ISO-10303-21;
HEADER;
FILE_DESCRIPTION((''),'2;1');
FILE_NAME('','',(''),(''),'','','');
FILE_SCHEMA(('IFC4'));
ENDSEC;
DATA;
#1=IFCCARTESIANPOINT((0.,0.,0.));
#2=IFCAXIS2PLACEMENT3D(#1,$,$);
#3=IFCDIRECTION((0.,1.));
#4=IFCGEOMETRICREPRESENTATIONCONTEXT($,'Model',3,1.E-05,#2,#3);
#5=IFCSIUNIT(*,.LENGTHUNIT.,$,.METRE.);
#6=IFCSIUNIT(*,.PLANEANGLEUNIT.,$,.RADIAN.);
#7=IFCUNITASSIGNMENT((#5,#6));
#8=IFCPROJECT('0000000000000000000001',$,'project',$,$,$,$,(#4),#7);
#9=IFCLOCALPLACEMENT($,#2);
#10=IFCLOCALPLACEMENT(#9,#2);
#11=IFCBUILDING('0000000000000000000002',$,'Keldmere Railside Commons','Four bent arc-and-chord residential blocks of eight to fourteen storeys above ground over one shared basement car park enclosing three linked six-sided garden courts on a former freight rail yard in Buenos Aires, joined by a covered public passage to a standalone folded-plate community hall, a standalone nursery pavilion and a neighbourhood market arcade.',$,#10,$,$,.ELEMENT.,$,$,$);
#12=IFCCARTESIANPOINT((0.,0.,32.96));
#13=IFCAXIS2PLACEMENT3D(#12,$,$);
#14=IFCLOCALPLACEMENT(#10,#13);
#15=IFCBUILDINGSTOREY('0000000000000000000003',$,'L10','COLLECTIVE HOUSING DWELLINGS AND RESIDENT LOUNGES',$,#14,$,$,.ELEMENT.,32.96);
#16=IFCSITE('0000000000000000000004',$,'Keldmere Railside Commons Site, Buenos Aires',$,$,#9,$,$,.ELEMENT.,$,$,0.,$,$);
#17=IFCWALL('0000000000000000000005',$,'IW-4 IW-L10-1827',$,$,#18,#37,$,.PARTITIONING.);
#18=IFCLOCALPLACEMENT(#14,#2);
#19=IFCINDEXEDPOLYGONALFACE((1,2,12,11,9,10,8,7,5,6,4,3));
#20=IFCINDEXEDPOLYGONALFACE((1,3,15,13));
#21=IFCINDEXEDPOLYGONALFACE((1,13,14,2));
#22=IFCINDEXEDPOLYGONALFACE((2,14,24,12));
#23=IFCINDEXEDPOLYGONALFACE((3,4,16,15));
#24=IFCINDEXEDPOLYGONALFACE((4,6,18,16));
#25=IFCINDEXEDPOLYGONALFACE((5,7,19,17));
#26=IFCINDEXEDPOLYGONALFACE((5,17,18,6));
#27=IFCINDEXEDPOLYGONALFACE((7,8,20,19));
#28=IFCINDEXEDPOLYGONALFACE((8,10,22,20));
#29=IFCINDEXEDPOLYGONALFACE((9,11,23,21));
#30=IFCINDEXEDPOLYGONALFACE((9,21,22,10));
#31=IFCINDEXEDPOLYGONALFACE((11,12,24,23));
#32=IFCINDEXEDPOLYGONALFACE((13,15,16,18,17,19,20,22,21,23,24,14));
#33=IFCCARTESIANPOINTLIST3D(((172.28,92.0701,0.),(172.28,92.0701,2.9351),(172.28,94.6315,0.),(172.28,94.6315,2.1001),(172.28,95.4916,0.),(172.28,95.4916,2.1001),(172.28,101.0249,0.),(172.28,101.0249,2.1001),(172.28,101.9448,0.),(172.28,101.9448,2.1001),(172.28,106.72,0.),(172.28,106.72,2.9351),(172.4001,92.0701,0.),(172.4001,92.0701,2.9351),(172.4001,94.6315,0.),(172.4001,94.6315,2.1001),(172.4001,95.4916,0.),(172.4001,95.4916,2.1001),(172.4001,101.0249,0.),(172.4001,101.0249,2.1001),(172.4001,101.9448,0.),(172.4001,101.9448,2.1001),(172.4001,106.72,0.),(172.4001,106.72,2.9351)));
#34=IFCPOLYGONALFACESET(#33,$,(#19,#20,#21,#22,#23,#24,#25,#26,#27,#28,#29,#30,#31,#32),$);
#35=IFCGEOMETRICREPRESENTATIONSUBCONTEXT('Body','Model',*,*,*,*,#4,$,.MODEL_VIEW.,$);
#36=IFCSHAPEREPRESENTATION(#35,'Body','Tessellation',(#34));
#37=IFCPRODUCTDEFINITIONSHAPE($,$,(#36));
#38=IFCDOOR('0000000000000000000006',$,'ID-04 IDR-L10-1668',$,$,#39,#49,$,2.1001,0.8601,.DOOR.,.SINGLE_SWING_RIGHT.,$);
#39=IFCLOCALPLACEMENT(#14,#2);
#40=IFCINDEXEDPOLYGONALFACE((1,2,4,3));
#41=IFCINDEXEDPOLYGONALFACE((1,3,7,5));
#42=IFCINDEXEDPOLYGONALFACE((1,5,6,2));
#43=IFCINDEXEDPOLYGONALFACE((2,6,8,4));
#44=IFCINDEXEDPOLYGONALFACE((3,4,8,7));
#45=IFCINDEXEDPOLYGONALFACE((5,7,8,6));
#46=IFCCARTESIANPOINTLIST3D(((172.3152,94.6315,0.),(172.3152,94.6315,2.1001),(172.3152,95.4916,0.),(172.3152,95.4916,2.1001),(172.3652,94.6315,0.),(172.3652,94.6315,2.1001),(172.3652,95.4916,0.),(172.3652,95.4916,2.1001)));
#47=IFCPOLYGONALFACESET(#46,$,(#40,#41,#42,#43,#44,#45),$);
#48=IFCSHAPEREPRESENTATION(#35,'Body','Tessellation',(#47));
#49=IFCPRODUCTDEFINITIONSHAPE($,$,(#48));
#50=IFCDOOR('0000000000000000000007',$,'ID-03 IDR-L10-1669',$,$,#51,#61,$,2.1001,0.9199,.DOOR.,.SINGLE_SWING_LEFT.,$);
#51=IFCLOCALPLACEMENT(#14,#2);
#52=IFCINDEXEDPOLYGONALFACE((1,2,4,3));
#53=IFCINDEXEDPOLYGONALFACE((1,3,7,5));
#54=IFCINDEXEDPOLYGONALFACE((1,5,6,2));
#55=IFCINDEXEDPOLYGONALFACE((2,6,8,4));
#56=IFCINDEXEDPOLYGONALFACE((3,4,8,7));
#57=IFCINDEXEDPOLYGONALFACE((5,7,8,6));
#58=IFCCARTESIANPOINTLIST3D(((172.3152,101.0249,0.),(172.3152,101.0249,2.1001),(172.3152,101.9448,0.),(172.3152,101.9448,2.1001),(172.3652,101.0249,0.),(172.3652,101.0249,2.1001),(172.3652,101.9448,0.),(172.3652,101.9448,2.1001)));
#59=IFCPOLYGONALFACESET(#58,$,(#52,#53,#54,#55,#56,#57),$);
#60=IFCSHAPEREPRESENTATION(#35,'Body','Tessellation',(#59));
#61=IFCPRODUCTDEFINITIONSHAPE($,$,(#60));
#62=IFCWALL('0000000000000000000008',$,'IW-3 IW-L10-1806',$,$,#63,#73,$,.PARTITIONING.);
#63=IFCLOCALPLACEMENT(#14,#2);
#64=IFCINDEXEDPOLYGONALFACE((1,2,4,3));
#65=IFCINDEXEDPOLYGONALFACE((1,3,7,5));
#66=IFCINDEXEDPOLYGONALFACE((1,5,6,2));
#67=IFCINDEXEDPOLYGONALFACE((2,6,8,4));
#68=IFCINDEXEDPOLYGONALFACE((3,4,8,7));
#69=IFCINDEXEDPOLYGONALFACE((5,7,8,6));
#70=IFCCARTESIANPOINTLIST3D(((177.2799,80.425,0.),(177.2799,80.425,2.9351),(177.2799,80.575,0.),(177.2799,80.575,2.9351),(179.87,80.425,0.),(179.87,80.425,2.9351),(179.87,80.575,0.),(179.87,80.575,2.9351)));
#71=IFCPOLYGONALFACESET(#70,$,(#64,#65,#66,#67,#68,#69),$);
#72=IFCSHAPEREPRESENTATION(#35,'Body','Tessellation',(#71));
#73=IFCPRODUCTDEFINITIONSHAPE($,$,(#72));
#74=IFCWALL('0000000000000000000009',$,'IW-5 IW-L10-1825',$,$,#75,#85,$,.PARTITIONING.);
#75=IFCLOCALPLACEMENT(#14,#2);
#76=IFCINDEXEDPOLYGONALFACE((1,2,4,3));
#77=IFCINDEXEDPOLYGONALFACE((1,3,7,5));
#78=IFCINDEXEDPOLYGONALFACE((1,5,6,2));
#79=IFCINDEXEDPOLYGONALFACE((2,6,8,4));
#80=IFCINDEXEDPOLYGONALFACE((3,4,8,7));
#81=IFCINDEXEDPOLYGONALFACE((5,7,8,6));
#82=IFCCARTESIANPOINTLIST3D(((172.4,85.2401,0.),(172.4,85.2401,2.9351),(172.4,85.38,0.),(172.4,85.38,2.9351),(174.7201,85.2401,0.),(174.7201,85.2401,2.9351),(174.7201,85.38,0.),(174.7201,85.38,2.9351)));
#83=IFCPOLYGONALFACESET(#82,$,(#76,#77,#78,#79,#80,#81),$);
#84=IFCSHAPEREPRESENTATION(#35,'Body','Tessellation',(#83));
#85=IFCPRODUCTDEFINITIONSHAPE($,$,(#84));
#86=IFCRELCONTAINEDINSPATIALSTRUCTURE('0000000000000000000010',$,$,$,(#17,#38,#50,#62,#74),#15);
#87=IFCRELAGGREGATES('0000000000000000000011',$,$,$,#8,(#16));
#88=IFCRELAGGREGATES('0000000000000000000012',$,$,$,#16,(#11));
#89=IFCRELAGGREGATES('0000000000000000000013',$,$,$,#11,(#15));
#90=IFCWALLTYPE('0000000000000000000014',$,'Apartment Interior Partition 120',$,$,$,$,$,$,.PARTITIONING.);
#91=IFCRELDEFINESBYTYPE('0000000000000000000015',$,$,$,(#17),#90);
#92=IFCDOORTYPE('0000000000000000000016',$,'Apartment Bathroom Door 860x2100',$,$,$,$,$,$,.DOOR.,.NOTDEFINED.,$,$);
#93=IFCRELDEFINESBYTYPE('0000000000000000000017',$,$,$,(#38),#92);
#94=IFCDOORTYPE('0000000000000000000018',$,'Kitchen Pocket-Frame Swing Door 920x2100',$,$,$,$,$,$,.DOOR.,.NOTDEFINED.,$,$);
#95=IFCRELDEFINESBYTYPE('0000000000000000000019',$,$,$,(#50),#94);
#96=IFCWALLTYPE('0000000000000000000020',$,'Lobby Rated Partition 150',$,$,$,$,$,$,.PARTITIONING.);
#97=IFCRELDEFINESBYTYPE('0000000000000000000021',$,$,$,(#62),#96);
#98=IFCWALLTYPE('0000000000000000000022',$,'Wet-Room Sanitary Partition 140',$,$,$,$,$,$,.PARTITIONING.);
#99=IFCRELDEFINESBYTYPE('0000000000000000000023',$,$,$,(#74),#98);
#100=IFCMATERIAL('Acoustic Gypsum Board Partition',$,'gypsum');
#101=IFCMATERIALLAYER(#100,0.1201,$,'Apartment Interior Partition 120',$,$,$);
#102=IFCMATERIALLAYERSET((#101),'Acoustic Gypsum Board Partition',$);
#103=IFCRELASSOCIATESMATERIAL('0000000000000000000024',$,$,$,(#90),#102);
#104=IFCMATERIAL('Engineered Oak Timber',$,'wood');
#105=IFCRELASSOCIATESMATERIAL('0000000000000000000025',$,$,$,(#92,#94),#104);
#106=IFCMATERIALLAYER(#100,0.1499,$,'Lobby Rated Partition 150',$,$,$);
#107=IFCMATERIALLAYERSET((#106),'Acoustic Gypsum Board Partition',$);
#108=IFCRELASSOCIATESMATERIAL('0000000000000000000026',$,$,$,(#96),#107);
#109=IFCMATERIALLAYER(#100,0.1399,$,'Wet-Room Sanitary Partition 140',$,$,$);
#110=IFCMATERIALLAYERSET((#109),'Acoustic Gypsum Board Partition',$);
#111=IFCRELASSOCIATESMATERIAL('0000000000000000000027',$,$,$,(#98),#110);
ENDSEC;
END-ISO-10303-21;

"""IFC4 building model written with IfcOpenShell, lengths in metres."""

from ifc_helpers import new_model, si_unit, direction, frame, frame_2d, origin, place, context, subcontext, project, spatial, rectangle, extrude, material, layer, layer_set, type_object, element, fill, save


model = new_model("IFC4")

# Units and contexts
model_context = context("Model", 3, precision=1e-05, world=origin(), true_north=direction((0.0, 1.0)))
body_context = subcontext(model_context, "Body", "Model", "MODEL_VIEW")
ifc_project = project(units=[si_unit("LENGTHUNIT", "METRE"), si_unit("PLANEANGLEUNIT", "RADIAN")], contexts=[model_context])

# Site, building, storey
site_placement = place(None, origin())
site = spatial("IfcSite", under=ifc_project, at=site_placement, Name="Keldmere Railside Commons Site, Buenos Aires", CompositionType="ELEMENT", RefElevation=0.0)
building_placement = place(site_placement, origin())
building = spatial("IfcBuilding", under=site, at=building_placement, Name="Keldmere Railside Commons", Description="Four bent arc-and-chord residential blocks of eight to fourteen storeys above ground over one shared basement car park enclosing three linked six-sided garden courts on a former freight rail yard in Buenos Aires, joined by a covered public passage to a standalone folded-plate community hall, a standalone nursery pavilion and a neighbourhood market arcade.", CompositionType="ELEMENT")
storey_placement = place(building_placement, frame((0.0, 0.0, 32.96)))
storey = spatial("IfcBuildingStorey", under=building, at=storey_placement, Name="L10", Description="COLLECTIVE HOUSING DWELLINGS AND RESIDENT LOUNGES", CompositionType="ELEMENT", Elevation=32.96)

# Shared definitions
ifc_material_1 = material(Name="Acoustic Gypsum Board Partition", Category="gypsum")

# Shared definitions
ifc_layer_1 = layer(ifc_material_1, 0.1201, Name="Apartment Interior Partition 120")
ifc_layer_set_1 = layer_set([ifc_layer_1], Name="Acoustic Gypsum Board Partition")
wall_type_1 = type_object("IfcWallType", Name="Apartment Interior Partition 120", PredefinedType="PARTITIONING", material=ifc_layer_set_1)
ifc_material_2 = material(Name="Engineered Oak Timber", Category="wood")
door_type_1 = type_object("IfcDoorType", Name="Apartment Bathroom Door 860x2100", OperationType="NOTDEFINED", PredefinedType="DOOR", material=ifc_material_2)
door_type_2 = type_object("IfcDoorType", Name="Kitchen Pocket-Frame Swing Door 920x2100", OperationType="NOTDEFINED", PredefinedType="DOOR", material=ifc_material_2)

# Wall, openings, doors
wall_1_placement = place(storey_placement, frame((172.3401, 92.0701, 0.0), z_axis=(0.0, 0.0, 1.0), x_axis=(0.0, 1.0, 0.0)))
wall_1 = element("IfcWall", 1, at=wall_1_placement, inside=storey, type_object=wall_type_1, Name="IW-4 IW-L10-1827", PredefinedType="PARTITIONING", context=body_context, shape_type="SweptSolid", body=[
    extrude(rectangle(XDim=14.6499, YDim=0.1201, at=frame_2d((7.325, 0.0))), origin(), (0.0, 0.0, 1.0), 2.9351),
])
opening_1_placement = place(wall_1_placement, frame((2.5613, 0.0, 0.0)))
opening_1 = element("IfcOpeningElement", 2, at=opening_1_placement, cuts=wall_1, PredefinedType="OPENING", context=body_context, shape_type="SweptSolid", body=[
    extrude(rectangle(XDim=0.8601, YDim=2.1001, at=frame_2d((0.4302, 1.05))), frame((0.0, 0.0701, 0.0), z_axis=(0.0, -1.0, 0.0), x_axis=(1.0, 0.0, 0.0)), (0.0, 0.0, 1.0), 0.1401),
])
opening_2_placement = place(wall_1_placement, frame((8.9548, 0.0, 0.0)))
opening_2 = element("IfcOpeningElement", 3, at=opening_2_placement, cuts=wall_1, PredefinedType="OPENING", context=body_context, shape_type="SweptSolid", body=[
    extrude(rectangle(XDim=0.9199, YDim=2.1001, at=frame_2d((0.46, 1.05))), frame((0.0, 0.0701, 0.0), z_axis=(0.0, -1.0, 0.0), x_axis=(1.0, 0.0, 0.0)), (0.0, 0.0, 1.0), 0.1401),
])
door_1_placement = place(opening_1_placement, origin())
door_1 = element("IfcDoor", 4, at=door_1_placement, inside=storey, type_object=door_type_1, Name="ID-04 IDR-L10-1668", OperationType="SINGLE_SWING_RIGHT", OverallHeight=2.1001, OverallWidth=0.8601, PredefinedType="DOOR", context=body_context, shape_type="SweptSolid", body=[
    extrude(rectangle(XDim=0.8601, YDim=2.1001, at=frame_2d((0.4302, 1.05))), frame((0.0, 0.0249, 0.0), z_axis=(0.0, -1.0, 0.0), x_axis=(1.0, 0.0, 0.0)), (0.0, 0.0, 1.0), 0.05),
])
fill(opening_1, door_1)
door_2_placement = place(opening_2_placement, origin())
door_2 = element("IfcDoor", 5, at=door_2_placement, inside=storey, type_object=door_type_2, Name="ID-03 IDR-L10-1669", OperationType="SINGLE_SWING_LEFT", OverallHeight=2.1001, OverallWidth=0.9199, PredefinedType="DOOR", context=body_context, shape_type="SweptSolid", body=[
    extrude(rectangle(XDim=0.9199, YDim=2.1001, at=frame_2d((0.46, 1.05))), frame((0.0, 0.0249, 0.0), z_axis=(0.0, -1.0, 0.0), x_axis=(1.0, 0.0, 0.0)), (0.0, 0.0, 1.0), 0.05),
])
fill(opening_2, door_2)

# Walls
ifc_layer_2 = layer(ifc_material_1, 0.1499, Name="Lobby Rated Partition 150")
ifc_layer_set_2 = layer_set([ifc_layer_2], Name="Acoustic Gypsum Board Partition")
wall_type_2 = type_object("IfcWallType", Name="Lobby Rated Partition 150", PredefinedType="PARTITIONING", material=ifc_layer_set_2)
wall_2_placement = place(storey_placement, frame((177.28, 80.5, 0.0), z_axis=(0.0, 0.0, 1.0), x_axis=(1.0, 0.0, 0.0)))
element("IfcWall", 6, at=wall_2_placement, inside=storey, type_object=wall_type_2, Name="IW-3 IW-L10-1806", PredefinedType="PARTITIONING", context=body_context, shape_type="SweptSolid", body=[
    extrude(rectangle(XDim=2.5901, YDim=0.1499, at=frame_2d((1.2949, 0.0))), origin(), (0.0, 0.0, 1.0), 2.9351),
])
ifc_layer_3 = layer(ifc_material_1, 0.1399, Name="Wet-Room Sanitary Partition 140")
ifc_layer_set_3 = layer_set([ifc_layer_3], Name="Acoustic Gypsum Board Partition")
wall_type_3 = type_object("IfcWallType", Name="Wet-Room Sanitary Partition 140", PredefinedType="PARTITIONING", material=ifc_layer_set_3)
wall_3_placement = place(storey_placement, frame((172.3999, 85.3101, 0.0), z_axis=(0.0, 0.0, 1.0), x_axis=(1.0, 0.0, 0.0)))
element("IfcWall", 7, at=wall_3_placement, inside=storey, type_object=wall_type_3, Name="IW-5 IW-L10-1825", PredefinedType="PARTITIONING", context=body_context, shape_type="SweptSolid", body=[
    extrude(rectangle(XDim=2.3201, YDim=0.1399, at=frame_2d((1.1602, 0.0))), origin(), (0.0, 0.0, 1.0), 2.9351),
])

save(model, "model.ifc")
